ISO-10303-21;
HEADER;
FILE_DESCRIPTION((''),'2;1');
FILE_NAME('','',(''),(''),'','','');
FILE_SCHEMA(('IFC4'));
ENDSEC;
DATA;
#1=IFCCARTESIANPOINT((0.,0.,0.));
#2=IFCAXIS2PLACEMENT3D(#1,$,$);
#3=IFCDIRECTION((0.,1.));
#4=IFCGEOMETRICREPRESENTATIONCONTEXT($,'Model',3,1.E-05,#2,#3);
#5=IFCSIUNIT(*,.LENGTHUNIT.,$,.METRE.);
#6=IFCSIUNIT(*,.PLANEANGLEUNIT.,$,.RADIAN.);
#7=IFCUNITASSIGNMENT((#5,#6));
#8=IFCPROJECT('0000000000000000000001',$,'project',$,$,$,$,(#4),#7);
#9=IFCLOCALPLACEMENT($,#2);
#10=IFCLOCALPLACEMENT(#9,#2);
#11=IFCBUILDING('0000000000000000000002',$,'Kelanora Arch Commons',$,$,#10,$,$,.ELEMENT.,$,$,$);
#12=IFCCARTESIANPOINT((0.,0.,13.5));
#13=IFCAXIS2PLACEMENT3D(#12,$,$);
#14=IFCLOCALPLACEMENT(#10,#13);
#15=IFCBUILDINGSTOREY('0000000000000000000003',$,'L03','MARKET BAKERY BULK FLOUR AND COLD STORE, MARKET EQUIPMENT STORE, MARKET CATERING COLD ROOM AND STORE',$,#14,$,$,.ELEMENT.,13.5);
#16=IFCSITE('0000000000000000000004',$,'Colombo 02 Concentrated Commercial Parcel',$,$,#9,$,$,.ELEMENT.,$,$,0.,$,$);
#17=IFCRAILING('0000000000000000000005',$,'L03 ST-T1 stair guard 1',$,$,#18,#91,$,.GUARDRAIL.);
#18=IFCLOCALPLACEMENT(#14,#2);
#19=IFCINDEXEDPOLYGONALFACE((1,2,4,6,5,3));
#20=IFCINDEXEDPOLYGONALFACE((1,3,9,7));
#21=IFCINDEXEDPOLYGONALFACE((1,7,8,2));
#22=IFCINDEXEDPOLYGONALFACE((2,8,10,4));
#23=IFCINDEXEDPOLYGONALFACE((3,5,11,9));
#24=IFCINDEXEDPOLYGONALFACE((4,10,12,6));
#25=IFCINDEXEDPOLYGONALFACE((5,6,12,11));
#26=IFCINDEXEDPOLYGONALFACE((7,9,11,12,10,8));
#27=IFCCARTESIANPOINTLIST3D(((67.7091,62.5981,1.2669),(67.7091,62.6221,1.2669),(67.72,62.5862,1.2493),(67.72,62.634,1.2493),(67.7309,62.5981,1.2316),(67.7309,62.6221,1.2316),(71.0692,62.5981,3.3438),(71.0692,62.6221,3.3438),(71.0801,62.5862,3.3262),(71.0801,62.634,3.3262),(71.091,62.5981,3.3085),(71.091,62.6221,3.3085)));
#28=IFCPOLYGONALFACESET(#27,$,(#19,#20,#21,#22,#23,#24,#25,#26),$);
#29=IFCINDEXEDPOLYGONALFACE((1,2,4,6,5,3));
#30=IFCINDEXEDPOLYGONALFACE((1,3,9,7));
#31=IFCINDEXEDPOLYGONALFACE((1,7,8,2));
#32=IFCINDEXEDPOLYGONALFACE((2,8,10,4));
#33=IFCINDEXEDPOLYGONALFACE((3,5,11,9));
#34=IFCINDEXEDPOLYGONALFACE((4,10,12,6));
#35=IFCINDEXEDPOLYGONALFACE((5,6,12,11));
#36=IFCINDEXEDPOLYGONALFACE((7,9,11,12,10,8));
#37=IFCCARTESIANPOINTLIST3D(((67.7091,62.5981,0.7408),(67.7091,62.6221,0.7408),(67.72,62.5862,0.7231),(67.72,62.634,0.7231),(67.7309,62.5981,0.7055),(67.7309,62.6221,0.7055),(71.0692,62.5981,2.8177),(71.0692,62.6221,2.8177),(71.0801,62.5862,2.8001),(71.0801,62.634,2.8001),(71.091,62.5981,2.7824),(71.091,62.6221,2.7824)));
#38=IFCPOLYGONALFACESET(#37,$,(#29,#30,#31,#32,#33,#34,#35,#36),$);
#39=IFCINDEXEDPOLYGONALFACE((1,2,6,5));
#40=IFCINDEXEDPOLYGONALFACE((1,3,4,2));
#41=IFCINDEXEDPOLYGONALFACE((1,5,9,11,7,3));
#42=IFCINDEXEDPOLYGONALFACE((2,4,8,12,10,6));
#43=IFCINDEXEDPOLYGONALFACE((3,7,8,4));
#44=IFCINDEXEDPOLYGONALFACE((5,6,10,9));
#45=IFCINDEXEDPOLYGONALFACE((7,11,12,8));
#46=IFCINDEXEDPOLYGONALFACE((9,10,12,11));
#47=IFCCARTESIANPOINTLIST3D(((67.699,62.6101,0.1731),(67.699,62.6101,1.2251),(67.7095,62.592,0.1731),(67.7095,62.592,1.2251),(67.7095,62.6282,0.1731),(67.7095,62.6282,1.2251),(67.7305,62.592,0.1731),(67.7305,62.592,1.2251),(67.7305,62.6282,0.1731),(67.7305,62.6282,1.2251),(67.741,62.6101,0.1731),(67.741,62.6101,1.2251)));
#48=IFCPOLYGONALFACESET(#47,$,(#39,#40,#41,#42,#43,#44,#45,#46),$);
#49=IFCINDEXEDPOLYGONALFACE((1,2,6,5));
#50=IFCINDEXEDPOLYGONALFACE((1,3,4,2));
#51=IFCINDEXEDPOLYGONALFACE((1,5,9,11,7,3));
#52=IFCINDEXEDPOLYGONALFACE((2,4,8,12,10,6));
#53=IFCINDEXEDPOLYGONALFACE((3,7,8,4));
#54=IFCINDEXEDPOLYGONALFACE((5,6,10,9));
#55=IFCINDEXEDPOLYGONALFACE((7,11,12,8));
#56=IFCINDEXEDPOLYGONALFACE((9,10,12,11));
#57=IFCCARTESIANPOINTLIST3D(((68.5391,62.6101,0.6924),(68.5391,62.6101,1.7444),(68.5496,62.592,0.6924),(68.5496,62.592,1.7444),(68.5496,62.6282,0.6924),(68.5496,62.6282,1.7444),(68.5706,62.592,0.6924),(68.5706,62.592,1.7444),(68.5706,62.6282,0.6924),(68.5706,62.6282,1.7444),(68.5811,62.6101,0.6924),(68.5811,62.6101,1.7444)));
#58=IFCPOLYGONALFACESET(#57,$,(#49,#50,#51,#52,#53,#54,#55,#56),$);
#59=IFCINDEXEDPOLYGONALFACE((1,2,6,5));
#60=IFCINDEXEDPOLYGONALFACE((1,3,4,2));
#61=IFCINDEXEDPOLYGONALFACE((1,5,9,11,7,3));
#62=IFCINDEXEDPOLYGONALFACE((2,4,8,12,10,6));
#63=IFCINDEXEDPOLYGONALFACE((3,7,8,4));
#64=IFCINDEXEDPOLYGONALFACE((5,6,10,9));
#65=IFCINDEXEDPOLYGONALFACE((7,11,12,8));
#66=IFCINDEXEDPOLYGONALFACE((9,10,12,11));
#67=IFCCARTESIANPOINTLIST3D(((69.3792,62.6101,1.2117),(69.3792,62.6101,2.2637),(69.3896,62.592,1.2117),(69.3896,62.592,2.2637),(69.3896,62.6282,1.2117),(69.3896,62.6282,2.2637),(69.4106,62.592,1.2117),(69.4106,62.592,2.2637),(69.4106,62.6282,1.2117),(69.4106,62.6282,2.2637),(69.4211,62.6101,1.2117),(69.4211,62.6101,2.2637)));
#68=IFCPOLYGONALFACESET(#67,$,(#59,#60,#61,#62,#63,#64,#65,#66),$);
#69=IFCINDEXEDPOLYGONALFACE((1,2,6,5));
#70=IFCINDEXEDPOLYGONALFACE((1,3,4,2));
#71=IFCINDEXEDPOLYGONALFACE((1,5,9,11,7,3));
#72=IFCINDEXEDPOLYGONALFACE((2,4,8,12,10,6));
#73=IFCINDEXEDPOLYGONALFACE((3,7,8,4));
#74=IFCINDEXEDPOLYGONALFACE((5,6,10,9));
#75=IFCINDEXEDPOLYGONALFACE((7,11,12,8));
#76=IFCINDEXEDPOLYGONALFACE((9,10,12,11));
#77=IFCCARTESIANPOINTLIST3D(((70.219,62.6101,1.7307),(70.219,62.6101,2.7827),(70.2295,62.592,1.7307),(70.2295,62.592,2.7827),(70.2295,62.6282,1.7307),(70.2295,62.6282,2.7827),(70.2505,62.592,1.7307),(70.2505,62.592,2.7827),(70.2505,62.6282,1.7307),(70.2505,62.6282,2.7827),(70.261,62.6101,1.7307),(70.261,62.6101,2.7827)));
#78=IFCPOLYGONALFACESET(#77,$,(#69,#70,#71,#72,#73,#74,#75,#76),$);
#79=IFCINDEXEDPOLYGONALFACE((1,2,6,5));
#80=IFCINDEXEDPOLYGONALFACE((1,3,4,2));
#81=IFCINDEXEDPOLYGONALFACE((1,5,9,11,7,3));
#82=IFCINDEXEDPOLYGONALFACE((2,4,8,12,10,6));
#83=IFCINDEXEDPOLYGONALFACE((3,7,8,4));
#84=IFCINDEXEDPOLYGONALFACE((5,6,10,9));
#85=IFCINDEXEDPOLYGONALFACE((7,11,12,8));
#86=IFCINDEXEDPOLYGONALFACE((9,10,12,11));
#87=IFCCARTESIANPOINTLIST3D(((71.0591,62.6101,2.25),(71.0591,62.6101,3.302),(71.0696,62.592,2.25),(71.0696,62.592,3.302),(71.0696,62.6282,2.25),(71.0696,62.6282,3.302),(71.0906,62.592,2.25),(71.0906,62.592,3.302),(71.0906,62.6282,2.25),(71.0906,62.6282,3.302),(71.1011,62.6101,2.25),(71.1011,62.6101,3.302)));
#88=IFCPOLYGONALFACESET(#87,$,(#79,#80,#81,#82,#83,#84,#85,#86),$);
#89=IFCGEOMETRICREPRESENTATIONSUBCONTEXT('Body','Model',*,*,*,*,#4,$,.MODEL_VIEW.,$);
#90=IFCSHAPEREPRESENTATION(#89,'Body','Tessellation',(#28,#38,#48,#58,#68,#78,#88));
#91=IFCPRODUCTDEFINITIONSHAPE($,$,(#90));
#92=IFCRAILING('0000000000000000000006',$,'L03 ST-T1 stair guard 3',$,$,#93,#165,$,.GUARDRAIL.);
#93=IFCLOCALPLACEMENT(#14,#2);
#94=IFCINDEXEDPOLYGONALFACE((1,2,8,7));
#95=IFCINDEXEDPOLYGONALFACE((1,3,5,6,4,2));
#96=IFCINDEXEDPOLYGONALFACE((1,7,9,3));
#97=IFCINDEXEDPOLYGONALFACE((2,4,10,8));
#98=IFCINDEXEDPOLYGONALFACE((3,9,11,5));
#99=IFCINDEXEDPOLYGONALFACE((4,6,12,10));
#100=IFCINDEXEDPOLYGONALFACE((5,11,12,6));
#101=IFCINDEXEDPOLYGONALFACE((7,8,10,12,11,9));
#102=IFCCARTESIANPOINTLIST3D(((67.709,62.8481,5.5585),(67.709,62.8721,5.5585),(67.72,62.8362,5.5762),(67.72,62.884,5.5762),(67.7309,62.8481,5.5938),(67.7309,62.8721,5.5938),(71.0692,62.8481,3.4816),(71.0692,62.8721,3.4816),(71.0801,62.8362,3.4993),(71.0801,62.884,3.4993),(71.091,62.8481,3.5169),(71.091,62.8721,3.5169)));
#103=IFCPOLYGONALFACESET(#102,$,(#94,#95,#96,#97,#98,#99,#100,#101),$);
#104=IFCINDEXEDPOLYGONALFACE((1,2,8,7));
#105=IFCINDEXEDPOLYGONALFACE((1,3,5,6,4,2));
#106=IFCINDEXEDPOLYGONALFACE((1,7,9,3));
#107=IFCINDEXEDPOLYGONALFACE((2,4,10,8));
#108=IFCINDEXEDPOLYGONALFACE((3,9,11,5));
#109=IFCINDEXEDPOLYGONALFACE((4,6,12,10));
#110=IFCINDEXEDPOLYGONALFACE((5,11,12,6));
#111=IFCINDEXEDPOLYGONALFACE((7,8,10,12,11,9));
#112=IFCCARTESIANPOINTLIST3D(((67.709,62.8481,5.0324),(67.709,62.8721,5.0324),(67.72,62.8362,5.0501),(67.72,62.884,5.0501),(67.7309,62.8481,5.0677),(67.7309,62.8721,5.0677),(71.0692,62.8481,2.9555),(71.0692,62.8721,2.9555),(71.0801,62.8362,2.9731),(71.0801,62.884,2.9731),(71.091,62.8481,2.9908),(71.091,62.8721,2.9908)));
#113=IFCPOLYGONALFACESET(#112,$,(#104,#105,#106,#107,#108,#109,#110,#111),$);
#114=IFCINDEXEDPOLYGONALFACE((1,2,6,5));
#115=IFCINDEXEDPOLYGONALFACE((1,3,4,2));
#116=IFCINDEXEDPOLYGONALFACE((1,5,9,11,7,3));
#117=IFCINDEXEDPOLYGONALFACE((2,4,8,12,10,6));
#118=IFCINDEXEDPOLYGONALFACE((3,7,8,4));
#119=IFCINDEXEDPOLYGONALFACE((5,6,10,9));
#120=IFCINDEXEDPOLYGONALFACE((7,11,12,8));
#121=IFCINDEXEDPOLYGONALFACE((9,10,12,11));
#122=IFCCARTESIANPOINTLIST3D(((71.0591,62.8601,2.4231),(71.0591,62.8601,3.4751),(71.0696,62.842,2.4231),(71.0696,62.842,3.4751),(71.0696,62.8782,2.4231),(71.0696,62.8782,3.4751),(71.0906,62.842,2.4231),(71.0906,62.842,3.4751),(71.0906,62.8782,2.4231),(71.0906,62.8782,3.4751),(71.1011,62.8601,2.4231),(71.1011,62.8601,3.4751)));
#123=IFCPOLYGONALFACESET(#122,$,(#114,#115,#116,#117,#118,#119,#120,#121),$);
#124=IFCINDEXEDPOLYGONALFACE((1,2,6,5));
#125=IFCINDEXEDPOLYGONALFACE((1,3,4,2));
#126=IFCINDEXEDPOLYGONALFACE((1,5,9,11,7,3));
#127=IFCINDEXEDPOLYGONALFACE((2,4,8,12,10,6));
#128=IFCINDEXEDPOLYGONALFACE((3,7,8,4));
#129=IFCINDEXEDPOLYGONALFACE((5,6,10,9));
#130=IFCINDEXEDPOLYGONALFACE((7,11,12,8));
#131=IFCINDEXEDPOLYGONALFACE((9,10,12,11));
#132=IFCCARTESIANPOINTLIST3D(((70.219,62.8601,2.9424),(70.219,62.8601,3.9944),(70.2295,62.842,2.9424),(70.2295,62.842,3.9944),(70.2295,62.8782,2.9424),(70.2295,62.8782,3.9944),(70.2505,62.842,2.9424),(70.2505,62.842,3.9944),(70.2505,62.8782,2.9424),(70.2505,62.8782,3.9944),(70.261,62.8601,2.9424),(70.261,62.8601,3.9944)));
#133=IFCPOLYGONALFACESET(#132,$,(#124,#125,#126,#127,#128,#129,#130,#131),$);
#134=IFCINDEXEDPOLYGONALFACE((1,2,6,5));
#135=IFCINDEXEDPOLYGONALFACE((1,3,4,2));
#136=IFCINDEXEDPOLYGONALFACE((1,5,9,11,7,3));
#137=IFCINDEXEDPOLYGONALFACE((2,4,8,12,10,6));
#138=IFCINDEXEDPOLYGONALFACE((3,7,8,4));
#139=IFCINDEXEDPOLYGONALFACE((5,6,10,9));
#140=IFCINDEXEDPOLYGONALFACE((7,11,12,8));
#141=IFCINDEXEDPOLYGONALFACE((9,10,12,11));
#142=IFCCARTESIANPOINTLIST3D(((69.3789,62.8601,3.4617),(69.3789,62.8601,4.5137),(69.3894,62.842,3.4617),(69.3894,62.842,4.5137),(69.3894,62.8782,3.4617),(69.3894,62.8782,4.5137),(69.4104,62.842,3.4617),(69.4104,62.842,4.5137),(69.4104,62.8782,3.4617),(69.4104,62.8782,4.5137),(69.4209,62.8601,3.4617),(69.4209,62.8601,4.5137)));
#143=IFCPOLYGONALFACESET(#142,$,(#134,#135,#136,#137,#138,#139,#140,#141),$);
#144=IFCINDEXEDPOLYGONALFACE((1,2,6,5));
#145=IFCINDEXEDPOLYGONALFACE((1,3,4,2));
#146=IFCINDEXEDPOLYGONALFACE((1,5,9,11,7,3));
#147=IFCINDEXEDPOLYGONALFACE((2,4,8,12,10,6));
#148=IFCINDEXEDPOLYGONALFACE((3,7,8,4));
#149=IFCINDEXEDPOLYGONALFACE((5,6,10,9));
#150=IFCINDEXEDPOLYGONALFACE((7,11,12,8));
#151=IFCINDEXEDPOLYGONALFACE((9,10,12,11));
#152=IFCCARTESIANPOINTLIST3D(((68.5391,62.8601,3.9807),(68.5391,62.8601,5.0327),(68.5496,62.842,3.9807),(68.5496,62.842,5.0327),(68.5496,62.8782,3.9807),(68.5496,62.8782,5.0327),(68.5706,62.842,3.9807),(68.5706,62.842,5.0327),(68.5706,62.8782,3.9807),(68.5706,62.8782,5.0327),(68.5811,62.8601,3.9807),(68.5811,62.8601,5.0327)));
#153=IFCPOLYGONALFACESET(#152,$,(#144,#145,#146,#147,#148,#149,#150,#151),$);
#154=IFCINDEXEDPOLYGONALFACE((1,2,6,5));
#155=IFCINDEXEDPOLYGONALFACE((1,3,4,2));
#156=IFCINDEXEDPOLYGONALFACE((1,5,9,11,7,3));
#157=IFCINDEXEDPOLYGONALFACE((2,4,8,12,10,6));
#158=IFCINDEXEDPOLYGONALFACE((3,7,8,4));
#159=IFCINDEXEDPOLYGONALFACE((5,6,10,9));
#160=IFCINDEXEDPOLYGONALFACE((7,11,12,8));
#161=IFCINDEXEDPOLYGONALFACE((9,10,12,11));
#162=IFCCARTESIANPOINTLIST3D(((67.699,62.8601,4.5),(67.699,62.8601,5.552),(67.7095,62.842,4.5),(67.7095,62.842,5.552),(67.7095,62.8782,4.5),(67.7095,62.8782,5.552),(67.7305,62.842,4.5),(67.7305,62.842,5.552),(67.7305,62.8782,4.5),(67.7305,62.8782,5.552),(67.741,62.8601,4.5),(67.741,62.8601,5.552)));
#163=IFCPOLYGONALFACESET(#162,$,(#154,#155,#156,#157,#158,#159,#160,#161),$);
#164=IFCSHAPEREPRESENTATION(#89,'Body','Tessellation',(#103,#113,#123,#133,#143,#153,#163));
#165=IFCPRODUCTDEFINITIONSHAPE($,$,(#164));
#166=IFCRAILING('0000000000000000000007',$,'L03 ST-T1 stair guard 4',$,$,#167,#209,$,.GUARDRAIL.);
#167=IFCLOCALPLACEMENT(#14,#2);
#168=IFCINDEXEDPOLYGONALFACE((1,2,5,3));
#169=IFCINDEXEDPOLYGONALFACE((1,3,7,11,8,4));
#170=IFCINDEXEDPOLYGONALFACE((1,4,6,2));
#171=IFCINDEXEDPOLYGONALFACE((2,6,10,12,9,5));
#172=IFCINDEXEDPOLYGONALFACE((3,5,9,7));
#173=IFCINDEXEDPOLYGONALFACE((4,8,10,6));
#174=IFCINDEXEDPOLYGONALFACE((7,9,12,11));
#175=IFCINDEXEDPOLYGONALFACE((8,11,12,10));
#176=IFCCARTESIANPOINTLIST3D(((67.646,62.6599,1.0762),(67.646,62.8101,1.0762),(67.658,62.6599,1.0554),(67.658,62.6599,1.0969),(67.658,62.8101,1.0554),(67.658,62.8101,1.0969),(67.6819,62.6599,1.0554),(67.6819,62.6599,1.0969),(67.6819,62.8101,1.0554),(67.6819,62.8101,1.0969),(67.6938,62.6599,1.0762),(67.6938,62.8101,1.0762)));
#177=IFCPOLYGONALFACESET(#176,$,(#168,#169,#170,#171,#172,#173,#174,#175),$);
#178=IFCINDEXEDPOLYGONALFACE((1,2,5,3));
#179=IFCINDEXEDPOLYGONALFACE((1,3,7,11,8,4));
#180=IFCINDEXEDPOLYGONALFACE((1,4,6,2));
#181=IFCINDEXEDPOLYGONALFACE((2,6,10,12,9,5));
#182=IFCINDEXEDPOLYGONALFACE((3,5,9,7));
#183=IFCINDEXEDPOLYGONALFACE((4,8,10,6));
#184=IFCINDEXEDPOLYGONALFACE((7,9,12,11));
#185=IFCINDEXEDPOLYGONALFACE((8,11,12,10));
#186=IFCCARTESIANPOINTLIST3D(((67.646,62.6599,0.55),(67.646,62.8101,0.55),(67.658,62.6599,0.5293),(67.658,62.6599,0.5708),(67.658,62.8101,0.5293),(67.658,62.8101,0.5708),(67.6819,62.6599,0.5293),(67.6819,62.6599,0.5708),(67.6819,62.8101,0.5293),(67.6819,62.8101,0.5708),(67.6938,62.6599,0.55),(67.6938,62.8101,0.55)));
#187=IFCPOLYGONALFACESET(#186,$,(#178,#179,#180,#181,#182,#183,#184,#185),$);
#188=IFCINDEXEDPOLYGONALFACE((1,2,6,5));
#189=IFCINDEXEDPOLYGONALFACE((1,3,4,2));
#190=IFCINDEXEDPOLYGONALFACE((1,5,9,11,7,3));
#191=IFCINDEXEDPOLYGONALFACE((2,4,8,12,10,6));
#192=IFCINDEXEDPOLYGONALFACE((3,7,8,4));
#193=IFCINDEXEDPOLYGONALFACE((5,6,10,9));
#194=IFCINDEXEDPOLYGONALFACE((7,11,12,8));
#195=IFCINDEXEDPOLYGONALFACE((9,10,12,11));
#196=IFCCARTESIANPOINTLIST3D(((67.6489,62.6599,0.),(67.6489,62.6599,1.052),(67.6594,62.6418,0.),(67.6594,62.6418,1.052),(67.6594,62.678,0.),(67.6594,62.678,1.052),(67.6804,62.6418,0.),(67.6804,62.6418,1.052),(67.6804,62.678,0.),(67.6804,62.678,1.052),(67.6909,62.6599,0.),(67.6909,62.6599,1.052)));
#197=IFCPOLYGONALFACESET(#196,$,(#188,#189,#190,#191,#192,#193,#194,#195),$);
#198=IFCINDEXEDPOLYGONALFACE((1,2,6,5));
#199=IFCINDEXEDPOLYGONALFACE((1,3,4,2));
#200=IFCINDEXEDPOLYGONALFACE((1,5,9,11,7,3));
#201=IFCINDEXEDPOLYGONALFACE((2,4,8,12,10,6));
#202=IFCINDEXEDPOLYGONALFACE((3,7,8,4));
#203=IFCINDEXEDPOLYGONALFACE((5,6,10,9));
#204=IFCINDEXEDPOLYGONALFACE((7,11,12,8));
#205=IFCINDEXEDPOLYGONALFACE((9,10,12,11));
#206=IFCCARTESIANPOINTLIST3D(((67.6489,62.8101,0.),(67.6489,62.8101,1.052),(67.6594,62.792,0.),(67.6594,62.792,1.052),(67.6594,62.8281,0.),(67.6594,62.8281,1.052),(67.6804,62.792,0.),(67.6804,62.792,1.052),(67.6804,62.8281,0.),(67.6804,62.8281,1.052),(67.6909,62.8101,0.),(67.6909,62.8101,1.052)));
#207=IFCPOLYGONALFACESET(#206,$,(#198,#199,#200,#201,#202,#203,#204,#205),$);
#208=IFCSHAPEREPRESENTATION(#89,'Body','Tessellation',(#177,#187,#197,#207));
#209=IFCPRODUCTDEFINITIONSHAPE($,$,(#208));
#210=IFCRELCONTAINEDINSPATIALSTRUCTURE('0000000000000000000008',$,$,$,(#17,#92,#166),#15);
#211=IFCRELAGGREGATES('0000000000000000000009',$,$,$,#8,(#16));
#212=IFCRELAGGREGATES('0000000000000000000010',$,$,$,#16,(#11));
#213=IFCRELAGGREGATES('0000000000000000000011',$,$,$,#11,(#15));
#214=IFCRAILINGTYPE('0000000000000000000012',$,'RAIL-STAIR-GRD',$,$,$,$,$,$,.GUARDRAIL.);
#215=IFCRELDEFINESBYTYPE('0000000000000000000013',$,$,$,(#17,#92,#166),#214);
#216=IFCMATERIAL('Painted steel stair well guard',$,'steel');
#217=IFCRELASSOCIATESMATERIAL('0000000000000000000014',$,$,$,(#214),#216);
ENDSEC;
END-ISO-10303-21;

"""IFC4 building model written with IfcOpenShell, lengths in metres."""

from ifc_helpers import new_model, si_unit, direction, frame, origin, place, context, subcontext, project, spatial, polyline, outline, extrude, material, type_object, element, save


model = new_model("IFC4")

# Units and contexts
model_context = context("Model", 3, precision=1e-05, world=origin(), true_north=direction((0.0, 1.0)))
body_context = subcontext(model_context, "Body", "Model", "MODEL_VIEW")
ifc_project = project(units=[si_unit("LENGTHUNIT", "METRE"), si_unit("PLANEANGLEUNIT", "RADIAN")], contexts=[model_context])

# Site, building, storey
site_placement = place(None, origin())
site = spatial("IfcSite", under=ifc_project, at=site_placement, Name="Colombo 02 Concentrated Commercial Parcel", CompositionType="ELEMENT", RefElevation=0.0)
building_placement = place(site_placement, origin())
building = spatial("IfcBuilding", under=site, at=building_placement, Name="Kelanora Arch Commons", CompositionType="ELEMENT")
storey_placement = place(building_placement, frame((0.0, 0.0, 13.5)))
storey = spatial("IfcBuildingStorey", under=building, at=storey_placement, Name="L03", Description="MARKET BAKERY BULK FLOUR AND COLD STORE, MARKET EQUIPMENT STORE, MARKET CATERING COLD ROOM AND STORE", CompositionType="ELEMENT", Elevation=13.5)

# Railings
ifc_material_1 = material(Name="Painted steel stair well guard", Category="steel")
railing_type_1 = type_object("IfcRailingType", Name="RAIL-STAIR-GRD", PredefinedType="GUARDRAIL", material=ifc_material_1)
railing_1_placement = place(storey_placement, frame((67.72, 62.6101, 0.1731)))
element("IfcRailing", 1, at=railing_1_placement, inside=storey, type_object=railing_type_1, Name="L03 ST-T1 stair guard 1", PredefinedType="GUARDRAIL", context=body_context, shape_type="SweptSolid", body=[
    extrude(outline(polyline([(0.0239, 0.0), (0.012, 0.0208), (-0.012, 0.0208), (-0.0239, 0.0), (-0.012, -0.0208), (0.012, -0.0208), (0.0239, 0.0)])), frame((0.0, 0.0, 1.0762), z_axis=(0.850623, 0.0, 0.525776), x_axis=(0.0, 1.0, 0.0)), (0.0, 0.0, 1.0), 3.9502),
    extrude(outline(polyline([(0.0239, 0.0), (0.012, 0.0208), (-0.012, 0.0208), (-0.0239, 0.0), (-0.012, -0.0208), (0.012, -0.0208), (0.0239, 0.0)])), frame((0.0, 0.0, 0.55), z_axis=(0.850623, 0.0, 0.525776), x_axis=(0.0, 1.0, 0.0)), (0.0, 0.0, 1.0), 3.9502),
    extrude(outline(polyline([(0.021, 0.0), (0.0105, 0.0181), (-0.0105, 0.0181), (-0.021, 0.0), (-0.0105, -0.0181), (0.0105, -0.0181), (0.021, 0.0)])), origin(), (0.0, 0.0, 1.0), 1.052),
    extrude(outline(polyline([(0.021, 0.0), (0.0105, 0.0181), (-0.0105, 0.0181), (-0.021, 0.0), (-0.0105, -0.0181), (0.0105, -0.0181), (0.021, 0.0)])), frame((0.8401, 0.0, 0.5193)), (0.0, 0.0, 1.0), 1.052),
    extrude(outline(polyline([(0.021, 0.0), (0.0105, 0.0181), (-0.0105, 0.0181), (-0.021, 0.0), (-0.0105, -0.0181), (0.0105, -0.0181), (0.021, 0.0)])), frame((1.6802, 0.0, 1.0386)), (0.0, 0.0, 1.0), 1.052),
    extrude(outline(polyline([(0.021, 0.0), (0.0105, 0.0181), (-0.0105, 0.0181), (-0.021, 0.0), (-0.0105, -0.0181), (0.0105, -0.0181), (0.021, 0.0)])), frame((2.52, 0.0, 1.5576)), (0.0, 0.0, 1.0), 1.052),
    extrude(outline(polyline([(0.021, 0.0), (0.0105, 0.0181), (-0.0105, 0.0181), (-0.021, 0.0), (-0.0105, -0.0181), (0.0105, -0.0181), (0.021, 0.0)])), frame((3.3601, 0.0, 2.0769)), (0.0, 0.0, 1.0), 1.052),
])
railing_2_placement = place(storey_placement, frame((71.0801, 62.8601, 2.4231)))
element("IfcRailing", 2, at=railing_2_placement, inside=storey, type_object=railing_type_1, Name="L03 ST-T1 stair guard 3", PredefinedType="GUARDRAIL", context=body_context, shape_type="SweptSolid", body=[
    extrude(outline(polyline([(0.0239, 0.0), (0.012, 0.0208), (-0.012, 0.0208), (-0.0239, 0.0), (-0.012, -0.0208), (0.012, -0.0208), (0.0239, 0.0)])), frame((0.0, 0.0, 1.0762), z_axis=(-0.850623, 0.0, 0.525776), x_axis=(0.0, -1.0, 0.0)), (0.0, 0.0, 1.0), 3.9502),
    extrude(outline(polyline([(0.0239, 0.0), (0.012, 0.0208), (-0.012, 0.0208), (-0.0239, 0.0), (-0.012, -0.0208), (0.012, -0.0208), (0.0239, 0.0)])), frame((0.0, 0.0, 0.55), z_axis=(-0.850623, 0.0, 0.525776), x_axis=(0.0, -1.0, 0.0)), (0.0, 0.0, 1.0), 3.9502),
    extrude(outline(polyline([(0.021, 0.0), (0.0105, 0.0181), (-0.0105, 0.0181), (-0.021, 0.0), (-0.0105, -0.0181), (0.0105, -0.0181), (0.021, 0.0)])), origin(), (0.0, 0.0, 1.0), 1.052),
    extrude(outline(polyline([(0.021, 0.0), (0.0105, 0.0181), (-0.0105, 0.0181), (-0.021, 0.0), (-0.0105, -0.0181), (0.0105, -0.0181), (0.021, 0.0)])), frame((-0.8401, 0.0, 0.5193)), (0.0, 0.0, 1.0), 1.052),
    extrude(outline(polyline([(0.021, 0.0), (0.0105, 0.0181), (-0.0105, 0.0181), (-0.021, 0.0), (-0.0105, -0.0181), (0.0105, -0.0181), (0.021, 0.0)])), frame((-1.6802, 0.0, 1.0386)), (0.0, 0.0, 1.0), 1.052),
    extrude(outline(polyline([(0.021, 0.0), (0.0105, 0.0181), (-0.0105, 0.0181), (-0.021, 0.0), (-0.0105, -0.0181), (0.0105, -0.0181), (0.021, 0.0)])), frame((-2.52, 0.0, 1.5576)), (0.0, 0.0, 1.0), 1.052),
    extrude(outline(polyline([(0.021, 0.0), (0.0105, 0.0181), (-0.0105, 0.0181), (-0.021, 0.0), (-0.0105, -0.0181), (0.0105, -0.0181), (0.021, 0.0)])), frame((-3.3601, 0.0, 2.0769)), (0.0, 0.0, 1.0), 1.052),
])
railing_3_placement = place(storey_placement, frame((67.6699, 62.6599, 0.0)))
element("IfcRailing", 3, at=railing_3_placement, inside=storey, type_object=railing_type_1, Name="L03 ST-T1 stair guard 4", PredefinedType="GUARDRAIL", context=body_context, shape_type="SweptSolid", body=[
    extrude(outline(polyline([(0.0239, 0.0), (0.012, 0.0208), (-0.012, 0.0208), (-0.0239, 0.0), (-0.012, -0.0208), (0.012, -0.0208), (0.0239, 0.0)])), frame((0.0, 0.0, 1.0762), z_axis=(0.0, 1.0, 0.0), x_axis=(-1.0, 0.0, 0.0)), (0.0, 0.0, 1.0), 0.1501),
    extrude(outline(polyline([(0.0239, 0.0), (0.012, 0.0208), (-0.012, 0.0208), (-0.0239, 0.0), (-0.012, -0.0208), (0.012, -0.0208), (0.0239, 0.0)])), frame((0.0, 0.0, 0.55), z_axis=(0.0, 1.0, 0.0), x_axis=(-1.0, 0.0, 0.0)), (0.0, 0.0, 1.0), 0.1501),
    extrude(outline(polyline([(0.021, 0.0), (0.0105, 0.0181), (-0.0105, 0.0181), (-0.021, 0.0), (-0.0105, -0.0181), (0.0105, -0.0181), (0.021, 0.0)])), origin(), (0.0, 0.0, 1.0), 1.052),
    extrude(outline(polyline([(0.021, 0.0), (0.0105, 0.0181), (-0.0105, 0.0181), (-0.021, 0.0), (-0.0105, -0.0181), (0.0105, -0.0181), (0.021, 0.0)])), frame((0.0, 0.1501, 0.0)), (0.0, 0.0, 1.0), 1.052),
])

save(model, "model.ifc")
